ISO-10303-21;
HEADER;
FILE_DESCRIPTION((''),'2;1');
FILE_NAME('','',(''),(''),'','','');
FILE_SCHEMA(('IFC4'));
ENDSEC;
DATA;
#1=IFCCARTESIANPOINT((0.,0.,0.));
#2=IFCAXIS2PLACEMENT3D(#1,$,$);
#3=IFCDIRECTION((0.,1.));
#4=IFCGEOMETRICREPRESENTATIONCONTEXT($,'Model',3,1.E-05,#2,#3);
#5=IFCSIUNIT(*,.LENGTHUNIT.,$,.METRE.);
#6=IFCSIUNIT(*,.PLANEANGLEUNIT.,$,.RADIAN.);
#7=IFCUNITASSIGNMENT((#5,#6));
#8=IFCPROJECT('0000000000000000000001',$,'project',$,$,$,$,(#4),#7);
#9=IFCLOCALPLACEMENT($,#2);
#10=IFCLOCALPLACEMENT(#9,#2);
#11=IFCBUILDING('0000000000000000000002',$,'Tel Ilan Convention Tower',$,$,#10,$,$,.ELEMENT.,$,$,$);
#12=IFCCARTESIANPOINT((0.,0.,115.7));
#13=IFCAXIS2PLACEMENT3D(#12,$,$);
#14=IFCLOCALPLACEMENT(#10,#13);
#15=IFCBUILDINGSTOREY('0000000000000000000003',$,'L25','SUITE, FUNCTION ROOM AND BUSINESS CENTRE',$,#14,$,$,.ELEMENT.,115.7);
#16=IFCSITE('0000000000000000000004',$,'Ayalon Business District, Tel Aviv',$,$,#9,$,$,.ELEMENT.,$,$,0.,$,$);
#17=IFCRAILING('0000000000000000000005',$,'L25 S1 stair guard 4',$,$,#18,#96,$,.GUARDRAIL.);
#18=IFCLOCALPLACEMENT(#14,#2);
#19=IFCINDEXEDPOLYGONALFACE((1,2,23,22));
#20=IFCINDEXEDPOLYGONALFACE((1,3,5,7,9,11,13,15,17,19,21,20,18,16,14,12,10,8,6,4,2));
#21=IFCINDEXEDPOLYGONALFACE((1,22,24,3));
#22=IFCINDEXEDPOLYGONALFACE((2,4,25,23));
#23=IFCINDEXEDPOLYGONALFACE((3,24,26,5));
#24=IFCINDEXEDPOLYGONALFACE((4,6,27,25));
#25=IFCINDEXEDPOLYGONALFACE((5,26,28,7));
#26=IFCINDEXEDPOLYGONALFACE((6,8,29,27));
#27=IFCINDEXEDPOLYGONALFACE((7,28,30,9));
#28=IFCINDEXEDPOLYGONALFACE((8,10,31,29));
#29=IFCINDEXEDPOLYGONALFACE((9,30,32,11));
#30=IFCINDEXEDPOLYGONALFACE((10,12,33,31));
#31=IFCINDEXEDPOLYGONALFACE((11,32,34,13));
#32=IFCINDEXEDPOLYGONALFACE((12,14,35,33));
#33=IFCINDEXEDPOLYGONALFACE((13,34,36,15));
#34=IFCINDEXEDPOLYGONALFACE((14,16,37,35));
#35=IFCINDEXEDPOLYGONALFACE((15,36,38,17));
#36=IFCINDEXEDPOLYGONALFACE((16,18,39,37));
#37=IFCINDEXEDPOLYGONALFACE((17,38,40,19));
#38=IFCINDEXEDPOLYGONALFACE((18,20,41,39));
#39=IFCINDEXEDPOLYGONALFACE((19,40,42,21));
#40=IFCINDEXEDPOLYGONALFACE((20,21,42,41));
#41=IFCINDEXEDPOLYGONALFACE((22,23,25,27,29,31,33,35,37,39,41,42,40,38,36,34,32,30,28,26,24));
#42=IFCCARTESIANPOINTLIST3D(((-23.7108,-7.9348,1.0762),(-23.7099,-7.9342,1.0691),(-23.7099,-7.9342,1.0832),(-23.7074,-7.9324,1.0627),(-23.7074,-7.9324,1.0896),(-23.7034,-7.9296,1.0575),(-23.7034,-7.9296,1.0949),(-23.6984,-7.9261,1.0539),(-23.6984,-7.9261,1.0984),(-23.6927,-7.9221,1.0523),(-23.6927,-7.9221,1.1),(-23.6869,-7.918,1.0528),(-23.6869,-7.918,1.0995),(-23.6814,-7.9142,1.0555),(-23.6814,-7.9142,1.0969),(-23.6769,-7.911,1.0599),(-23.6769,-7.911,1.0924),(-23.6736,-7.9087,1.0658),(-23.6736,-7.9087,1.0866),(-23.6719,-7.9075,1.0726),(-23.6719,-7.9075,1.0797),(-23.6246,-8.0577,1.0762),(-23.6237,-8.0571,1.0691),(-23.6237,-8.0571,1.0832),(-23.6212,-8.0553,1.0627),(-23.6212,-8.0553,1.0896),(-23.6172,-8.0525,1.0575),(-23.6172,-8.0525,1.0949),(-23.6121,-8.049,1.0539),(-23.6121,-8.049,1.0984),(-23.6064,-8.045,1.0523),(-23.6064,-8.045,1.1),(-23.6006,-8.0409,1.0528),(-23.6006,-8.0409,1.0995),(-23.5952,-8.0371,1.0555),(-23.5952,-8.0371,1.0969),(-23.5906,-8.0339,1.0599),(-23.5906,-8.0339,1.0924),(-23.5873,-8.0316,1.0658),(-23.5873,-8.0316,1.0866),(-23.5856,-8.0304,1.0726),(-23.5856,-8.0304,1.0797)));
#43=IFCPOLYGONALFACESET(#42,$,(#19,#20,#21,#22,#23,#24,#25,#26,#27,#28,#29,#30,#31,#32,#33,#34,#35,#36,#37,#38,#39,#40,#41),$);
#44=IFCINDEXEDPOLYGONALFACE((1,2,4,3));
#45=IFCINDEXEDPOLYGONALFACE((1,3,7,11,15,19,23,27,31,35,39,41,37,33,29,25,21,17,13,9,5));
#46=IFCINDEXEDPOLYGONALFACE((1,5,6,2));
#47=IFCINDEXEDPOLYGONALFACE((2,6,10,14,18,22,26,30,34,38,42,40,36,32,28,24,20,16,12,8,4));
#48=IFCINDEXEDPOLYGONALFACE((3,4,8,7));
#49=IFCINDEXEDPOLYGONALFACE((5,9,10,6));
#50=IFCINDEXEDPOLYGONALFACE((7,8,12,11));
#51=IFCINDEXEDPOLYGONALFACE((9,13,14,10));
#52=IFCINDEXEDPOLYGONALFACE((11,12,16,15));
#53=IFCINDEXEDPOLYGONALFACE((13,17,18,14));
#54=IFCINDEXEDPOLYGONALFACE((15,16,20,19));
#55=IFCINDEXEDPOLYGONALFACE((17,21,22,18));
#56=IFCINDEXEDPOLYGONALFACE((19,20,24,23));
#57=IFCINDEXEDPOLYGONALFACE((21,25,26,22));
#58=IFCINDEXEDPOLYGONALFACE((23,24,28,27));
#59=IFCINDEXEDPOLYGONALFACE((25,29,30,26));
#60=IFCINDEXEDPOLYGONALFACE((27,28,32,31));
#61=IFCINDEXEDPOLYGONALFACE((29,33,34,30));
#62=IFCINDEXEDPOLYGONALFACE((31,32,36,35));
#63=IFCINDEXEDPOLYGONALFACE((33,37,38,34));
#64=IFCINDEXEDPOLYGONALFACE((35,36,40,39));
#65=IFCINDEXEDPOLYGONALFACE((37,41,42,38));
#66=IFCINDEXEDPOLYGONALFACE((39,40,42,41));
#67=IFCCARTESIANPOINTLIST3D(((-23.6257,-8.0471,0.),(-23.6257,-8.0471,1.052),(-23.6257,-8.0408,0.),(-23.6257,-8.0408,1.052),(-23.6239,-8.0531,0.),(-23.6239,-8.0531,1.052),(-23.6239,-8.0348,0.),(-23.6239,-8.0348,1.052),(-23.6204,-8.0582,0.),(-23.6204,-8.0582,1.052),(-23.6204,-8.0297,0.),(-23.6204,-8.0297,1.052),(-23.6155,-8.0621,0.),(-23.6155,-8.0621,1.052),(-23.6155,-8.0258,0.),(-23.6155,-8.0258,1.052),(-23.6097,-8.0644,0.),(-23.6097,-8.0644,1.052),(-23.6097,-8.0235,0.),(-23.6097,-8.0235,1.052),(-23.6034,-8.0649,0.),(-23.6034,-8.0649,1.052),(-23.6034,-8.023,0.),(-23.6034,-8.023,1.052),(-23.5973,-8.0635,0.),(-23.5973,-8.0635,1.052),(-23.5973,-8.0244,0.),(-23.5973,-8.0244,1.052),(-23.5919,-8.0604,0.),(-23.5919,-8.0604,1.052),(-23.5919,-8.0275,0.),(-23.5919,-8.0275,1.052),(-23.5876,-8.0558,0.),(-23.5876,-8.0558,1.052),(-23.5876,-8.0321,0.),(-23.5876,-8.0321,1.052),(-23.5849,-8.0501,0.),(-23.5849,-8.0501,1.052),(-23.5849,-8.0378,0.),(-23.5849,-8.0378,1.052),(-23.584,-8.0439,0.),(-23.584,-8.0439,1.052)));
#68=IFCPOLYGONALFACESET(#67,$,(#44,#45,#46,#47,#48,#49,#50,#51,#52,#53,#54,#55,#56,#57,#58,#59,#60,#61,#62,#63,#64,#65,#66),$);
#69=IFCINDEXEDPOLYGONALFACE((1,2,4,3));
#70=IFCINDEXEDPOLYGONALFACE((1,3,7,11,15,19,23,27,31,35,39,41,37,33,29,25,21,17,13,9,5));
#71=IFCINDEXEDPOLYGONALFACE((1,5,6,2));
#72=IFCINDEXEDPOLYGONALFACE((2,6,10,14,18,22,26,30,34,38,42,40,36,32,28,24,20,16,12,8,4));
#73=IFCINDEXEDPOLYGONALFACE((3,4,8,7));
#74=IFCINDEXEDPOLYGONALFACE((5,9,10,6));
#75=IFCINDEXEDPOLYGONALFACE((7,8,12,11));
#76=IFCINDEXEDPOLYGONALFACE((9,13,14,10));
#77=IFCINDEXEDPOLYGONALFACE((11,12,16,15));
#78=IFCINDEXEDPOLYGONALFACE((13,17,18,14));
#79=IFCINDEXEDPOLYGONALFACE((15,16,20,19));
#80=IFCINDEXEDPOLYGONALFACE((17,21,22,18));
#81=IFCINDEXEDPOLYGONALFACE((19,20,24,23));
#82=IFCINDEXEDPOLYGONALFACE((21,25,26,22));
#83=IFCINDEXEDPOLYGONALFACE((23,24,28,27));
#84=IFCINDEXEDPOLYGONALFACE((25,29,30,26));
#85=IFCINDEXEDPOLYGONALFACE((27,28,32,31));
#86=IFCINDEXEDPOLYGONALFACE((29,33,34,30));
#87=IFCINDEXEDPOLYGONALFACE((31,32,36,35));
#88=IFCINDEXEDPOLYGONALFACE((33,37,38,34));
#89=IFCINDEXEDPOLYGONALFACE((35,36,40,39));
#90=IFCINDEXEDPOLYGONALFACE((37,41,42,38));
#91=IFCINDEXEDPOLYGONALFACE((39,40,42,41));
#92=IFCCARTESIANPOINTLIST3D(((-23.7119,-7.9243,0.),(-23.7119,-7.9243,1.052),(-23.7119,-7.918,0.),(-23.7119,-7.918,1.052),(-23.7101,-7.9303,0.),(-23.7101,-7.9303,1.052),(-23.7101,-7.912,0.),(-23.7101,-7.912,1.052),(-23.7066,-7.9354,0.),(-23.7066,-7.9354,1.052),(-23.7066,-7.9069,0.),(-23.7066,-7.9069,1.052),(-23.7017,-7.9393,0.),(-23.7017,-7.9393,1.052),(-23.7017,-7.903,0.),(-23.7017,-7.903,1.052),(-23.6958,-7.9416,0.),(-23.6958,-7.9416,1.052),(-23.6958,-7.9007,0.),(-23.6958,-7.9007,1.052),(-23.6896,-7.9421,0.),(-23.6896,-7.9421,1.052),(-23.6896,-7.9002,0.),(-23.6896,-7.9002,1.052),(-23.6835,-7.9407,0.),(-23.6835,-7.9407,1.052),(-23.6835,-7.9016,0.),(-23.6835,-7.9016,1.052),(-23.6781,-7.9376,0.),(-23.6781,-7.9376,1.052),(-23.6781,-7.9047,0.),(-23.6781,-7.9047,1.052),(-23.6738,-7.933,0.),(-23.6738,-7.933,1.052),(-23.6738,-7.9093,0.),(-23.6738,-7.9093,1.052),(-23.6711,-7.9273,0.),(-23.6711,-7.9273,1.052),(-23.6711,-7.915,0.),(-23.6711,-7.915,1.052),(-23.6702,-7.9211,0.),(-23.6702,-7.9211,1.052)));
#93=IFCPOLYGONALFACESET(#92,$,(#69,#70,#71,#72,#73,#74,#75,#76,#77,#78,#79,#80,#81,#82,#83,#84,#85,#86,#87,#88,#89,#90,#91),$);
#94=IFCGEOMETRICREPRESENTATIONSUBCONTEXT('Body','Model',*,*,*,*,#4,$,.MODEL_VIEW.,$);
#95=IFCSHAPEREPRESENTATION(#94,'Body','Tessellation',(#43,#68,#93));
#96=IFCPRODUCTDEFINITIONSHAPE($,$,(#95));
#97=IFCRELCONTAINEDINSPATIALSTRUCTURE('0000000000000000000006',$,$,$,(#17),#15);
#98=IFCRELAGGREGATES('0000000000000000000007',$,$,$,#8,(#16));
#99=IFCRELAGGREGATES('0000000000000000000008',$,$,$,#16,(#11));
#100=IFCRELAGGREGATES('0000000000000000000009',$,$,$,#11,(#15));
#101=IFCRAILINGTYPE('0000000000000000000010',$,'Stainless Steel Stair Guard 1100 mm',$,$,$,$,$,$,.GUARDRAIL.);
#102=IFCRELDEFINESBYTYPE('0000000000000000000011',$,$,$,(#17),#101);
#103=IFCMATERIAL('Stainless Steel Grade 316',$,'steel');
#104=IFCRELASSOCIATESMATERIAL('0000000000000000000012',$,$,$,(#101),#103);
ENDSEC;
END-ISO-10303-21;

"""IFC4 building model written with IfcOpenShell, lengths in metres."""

from ifc_helpers import new_model, si_unit, direction, frame, origin, origin_2d, place, context, subcontext, project, spatial, circle, extrude, material, type_object, element, save


model = new_model("IFC4")

# Units and contexts
model_context = context("Model", 3, precision=1e-05, world=origin(), true_north=direction((0.0, 1.0)))
body_context = subcontext(model_context, "Body", "Model", "MODEL_VIEW")
ifc_project = project(units=[si_unit("LENGTHUNIT", "METRE"), si_unit("PLANEANGLEUNIT", "RADIAN")], contexts=[model_context])

# Site, building, storey
site_placement = place(None, origin())
site = spatial("IfcSite", under=ifc_project, at=site_placement, Name="Ayalon Business District, Tel Aviv", CompositionType="ELEMENT", RefElevation=0.0)
building_placement = place(site_placement, origin())
building = spatial("IfcBuilding", under=site, at=building_placement, Name="Tel Ilan Convention Tower", CompositionType="ELEMENT")
storey_placement = place(building_placement, frame((0.0, 0.0, 115.7)))
storey = spatial("IfcBuildingStorey", under=building, at=storey_placement, Name="L25", Description="SUITE, FUNCTION ROOM AND BUSINESS CENTRE", CompositionType="ELEMENT", Elevation=115.7)

# Railing
ifc_material_1 = material(Name="Stainless Steel Grade 316", Category="steel")
railing_type = type_object("IfcRailingType", Name="Stainless Steel Stair Guard 1100 mm", PredefinedType="GUARDRAIL", material=ifc_material_1)
railing_1_placement = place(storey_placement, frame((-23.605, -8.0439, 0.0)))
element("IfcRailing", 1, at=railing_1_placement, inside=storey, type_object=railing_type, Name="L25 S1 stair guard 4", PredefinedType="GUARDRAIL", context=body_context, shape_type="SweptSolid", body=[
    extrude(circle(Radius=0.0239, at=origin_2d()), frame((0.0, 0.0, 1.0762), z_axis=(-0.574445, 0.818543, 0.0), x_axis=(-0.818543, -0.574445, 0.0)), (0.0, 0.0, 1.0), 0.1501),
    extrude(circle(Radius=0.021, at=origin_2d()), origin(), (0.0, 0.0, 1.0), 1.052),
    extrude(circle(Radius=0.021, at=origin_2d()), frame((-0.0862, 0.1228, 0.0)), (0.0, 0.0, 1.0), 1.052),
])

save(model, "model.ifc")
